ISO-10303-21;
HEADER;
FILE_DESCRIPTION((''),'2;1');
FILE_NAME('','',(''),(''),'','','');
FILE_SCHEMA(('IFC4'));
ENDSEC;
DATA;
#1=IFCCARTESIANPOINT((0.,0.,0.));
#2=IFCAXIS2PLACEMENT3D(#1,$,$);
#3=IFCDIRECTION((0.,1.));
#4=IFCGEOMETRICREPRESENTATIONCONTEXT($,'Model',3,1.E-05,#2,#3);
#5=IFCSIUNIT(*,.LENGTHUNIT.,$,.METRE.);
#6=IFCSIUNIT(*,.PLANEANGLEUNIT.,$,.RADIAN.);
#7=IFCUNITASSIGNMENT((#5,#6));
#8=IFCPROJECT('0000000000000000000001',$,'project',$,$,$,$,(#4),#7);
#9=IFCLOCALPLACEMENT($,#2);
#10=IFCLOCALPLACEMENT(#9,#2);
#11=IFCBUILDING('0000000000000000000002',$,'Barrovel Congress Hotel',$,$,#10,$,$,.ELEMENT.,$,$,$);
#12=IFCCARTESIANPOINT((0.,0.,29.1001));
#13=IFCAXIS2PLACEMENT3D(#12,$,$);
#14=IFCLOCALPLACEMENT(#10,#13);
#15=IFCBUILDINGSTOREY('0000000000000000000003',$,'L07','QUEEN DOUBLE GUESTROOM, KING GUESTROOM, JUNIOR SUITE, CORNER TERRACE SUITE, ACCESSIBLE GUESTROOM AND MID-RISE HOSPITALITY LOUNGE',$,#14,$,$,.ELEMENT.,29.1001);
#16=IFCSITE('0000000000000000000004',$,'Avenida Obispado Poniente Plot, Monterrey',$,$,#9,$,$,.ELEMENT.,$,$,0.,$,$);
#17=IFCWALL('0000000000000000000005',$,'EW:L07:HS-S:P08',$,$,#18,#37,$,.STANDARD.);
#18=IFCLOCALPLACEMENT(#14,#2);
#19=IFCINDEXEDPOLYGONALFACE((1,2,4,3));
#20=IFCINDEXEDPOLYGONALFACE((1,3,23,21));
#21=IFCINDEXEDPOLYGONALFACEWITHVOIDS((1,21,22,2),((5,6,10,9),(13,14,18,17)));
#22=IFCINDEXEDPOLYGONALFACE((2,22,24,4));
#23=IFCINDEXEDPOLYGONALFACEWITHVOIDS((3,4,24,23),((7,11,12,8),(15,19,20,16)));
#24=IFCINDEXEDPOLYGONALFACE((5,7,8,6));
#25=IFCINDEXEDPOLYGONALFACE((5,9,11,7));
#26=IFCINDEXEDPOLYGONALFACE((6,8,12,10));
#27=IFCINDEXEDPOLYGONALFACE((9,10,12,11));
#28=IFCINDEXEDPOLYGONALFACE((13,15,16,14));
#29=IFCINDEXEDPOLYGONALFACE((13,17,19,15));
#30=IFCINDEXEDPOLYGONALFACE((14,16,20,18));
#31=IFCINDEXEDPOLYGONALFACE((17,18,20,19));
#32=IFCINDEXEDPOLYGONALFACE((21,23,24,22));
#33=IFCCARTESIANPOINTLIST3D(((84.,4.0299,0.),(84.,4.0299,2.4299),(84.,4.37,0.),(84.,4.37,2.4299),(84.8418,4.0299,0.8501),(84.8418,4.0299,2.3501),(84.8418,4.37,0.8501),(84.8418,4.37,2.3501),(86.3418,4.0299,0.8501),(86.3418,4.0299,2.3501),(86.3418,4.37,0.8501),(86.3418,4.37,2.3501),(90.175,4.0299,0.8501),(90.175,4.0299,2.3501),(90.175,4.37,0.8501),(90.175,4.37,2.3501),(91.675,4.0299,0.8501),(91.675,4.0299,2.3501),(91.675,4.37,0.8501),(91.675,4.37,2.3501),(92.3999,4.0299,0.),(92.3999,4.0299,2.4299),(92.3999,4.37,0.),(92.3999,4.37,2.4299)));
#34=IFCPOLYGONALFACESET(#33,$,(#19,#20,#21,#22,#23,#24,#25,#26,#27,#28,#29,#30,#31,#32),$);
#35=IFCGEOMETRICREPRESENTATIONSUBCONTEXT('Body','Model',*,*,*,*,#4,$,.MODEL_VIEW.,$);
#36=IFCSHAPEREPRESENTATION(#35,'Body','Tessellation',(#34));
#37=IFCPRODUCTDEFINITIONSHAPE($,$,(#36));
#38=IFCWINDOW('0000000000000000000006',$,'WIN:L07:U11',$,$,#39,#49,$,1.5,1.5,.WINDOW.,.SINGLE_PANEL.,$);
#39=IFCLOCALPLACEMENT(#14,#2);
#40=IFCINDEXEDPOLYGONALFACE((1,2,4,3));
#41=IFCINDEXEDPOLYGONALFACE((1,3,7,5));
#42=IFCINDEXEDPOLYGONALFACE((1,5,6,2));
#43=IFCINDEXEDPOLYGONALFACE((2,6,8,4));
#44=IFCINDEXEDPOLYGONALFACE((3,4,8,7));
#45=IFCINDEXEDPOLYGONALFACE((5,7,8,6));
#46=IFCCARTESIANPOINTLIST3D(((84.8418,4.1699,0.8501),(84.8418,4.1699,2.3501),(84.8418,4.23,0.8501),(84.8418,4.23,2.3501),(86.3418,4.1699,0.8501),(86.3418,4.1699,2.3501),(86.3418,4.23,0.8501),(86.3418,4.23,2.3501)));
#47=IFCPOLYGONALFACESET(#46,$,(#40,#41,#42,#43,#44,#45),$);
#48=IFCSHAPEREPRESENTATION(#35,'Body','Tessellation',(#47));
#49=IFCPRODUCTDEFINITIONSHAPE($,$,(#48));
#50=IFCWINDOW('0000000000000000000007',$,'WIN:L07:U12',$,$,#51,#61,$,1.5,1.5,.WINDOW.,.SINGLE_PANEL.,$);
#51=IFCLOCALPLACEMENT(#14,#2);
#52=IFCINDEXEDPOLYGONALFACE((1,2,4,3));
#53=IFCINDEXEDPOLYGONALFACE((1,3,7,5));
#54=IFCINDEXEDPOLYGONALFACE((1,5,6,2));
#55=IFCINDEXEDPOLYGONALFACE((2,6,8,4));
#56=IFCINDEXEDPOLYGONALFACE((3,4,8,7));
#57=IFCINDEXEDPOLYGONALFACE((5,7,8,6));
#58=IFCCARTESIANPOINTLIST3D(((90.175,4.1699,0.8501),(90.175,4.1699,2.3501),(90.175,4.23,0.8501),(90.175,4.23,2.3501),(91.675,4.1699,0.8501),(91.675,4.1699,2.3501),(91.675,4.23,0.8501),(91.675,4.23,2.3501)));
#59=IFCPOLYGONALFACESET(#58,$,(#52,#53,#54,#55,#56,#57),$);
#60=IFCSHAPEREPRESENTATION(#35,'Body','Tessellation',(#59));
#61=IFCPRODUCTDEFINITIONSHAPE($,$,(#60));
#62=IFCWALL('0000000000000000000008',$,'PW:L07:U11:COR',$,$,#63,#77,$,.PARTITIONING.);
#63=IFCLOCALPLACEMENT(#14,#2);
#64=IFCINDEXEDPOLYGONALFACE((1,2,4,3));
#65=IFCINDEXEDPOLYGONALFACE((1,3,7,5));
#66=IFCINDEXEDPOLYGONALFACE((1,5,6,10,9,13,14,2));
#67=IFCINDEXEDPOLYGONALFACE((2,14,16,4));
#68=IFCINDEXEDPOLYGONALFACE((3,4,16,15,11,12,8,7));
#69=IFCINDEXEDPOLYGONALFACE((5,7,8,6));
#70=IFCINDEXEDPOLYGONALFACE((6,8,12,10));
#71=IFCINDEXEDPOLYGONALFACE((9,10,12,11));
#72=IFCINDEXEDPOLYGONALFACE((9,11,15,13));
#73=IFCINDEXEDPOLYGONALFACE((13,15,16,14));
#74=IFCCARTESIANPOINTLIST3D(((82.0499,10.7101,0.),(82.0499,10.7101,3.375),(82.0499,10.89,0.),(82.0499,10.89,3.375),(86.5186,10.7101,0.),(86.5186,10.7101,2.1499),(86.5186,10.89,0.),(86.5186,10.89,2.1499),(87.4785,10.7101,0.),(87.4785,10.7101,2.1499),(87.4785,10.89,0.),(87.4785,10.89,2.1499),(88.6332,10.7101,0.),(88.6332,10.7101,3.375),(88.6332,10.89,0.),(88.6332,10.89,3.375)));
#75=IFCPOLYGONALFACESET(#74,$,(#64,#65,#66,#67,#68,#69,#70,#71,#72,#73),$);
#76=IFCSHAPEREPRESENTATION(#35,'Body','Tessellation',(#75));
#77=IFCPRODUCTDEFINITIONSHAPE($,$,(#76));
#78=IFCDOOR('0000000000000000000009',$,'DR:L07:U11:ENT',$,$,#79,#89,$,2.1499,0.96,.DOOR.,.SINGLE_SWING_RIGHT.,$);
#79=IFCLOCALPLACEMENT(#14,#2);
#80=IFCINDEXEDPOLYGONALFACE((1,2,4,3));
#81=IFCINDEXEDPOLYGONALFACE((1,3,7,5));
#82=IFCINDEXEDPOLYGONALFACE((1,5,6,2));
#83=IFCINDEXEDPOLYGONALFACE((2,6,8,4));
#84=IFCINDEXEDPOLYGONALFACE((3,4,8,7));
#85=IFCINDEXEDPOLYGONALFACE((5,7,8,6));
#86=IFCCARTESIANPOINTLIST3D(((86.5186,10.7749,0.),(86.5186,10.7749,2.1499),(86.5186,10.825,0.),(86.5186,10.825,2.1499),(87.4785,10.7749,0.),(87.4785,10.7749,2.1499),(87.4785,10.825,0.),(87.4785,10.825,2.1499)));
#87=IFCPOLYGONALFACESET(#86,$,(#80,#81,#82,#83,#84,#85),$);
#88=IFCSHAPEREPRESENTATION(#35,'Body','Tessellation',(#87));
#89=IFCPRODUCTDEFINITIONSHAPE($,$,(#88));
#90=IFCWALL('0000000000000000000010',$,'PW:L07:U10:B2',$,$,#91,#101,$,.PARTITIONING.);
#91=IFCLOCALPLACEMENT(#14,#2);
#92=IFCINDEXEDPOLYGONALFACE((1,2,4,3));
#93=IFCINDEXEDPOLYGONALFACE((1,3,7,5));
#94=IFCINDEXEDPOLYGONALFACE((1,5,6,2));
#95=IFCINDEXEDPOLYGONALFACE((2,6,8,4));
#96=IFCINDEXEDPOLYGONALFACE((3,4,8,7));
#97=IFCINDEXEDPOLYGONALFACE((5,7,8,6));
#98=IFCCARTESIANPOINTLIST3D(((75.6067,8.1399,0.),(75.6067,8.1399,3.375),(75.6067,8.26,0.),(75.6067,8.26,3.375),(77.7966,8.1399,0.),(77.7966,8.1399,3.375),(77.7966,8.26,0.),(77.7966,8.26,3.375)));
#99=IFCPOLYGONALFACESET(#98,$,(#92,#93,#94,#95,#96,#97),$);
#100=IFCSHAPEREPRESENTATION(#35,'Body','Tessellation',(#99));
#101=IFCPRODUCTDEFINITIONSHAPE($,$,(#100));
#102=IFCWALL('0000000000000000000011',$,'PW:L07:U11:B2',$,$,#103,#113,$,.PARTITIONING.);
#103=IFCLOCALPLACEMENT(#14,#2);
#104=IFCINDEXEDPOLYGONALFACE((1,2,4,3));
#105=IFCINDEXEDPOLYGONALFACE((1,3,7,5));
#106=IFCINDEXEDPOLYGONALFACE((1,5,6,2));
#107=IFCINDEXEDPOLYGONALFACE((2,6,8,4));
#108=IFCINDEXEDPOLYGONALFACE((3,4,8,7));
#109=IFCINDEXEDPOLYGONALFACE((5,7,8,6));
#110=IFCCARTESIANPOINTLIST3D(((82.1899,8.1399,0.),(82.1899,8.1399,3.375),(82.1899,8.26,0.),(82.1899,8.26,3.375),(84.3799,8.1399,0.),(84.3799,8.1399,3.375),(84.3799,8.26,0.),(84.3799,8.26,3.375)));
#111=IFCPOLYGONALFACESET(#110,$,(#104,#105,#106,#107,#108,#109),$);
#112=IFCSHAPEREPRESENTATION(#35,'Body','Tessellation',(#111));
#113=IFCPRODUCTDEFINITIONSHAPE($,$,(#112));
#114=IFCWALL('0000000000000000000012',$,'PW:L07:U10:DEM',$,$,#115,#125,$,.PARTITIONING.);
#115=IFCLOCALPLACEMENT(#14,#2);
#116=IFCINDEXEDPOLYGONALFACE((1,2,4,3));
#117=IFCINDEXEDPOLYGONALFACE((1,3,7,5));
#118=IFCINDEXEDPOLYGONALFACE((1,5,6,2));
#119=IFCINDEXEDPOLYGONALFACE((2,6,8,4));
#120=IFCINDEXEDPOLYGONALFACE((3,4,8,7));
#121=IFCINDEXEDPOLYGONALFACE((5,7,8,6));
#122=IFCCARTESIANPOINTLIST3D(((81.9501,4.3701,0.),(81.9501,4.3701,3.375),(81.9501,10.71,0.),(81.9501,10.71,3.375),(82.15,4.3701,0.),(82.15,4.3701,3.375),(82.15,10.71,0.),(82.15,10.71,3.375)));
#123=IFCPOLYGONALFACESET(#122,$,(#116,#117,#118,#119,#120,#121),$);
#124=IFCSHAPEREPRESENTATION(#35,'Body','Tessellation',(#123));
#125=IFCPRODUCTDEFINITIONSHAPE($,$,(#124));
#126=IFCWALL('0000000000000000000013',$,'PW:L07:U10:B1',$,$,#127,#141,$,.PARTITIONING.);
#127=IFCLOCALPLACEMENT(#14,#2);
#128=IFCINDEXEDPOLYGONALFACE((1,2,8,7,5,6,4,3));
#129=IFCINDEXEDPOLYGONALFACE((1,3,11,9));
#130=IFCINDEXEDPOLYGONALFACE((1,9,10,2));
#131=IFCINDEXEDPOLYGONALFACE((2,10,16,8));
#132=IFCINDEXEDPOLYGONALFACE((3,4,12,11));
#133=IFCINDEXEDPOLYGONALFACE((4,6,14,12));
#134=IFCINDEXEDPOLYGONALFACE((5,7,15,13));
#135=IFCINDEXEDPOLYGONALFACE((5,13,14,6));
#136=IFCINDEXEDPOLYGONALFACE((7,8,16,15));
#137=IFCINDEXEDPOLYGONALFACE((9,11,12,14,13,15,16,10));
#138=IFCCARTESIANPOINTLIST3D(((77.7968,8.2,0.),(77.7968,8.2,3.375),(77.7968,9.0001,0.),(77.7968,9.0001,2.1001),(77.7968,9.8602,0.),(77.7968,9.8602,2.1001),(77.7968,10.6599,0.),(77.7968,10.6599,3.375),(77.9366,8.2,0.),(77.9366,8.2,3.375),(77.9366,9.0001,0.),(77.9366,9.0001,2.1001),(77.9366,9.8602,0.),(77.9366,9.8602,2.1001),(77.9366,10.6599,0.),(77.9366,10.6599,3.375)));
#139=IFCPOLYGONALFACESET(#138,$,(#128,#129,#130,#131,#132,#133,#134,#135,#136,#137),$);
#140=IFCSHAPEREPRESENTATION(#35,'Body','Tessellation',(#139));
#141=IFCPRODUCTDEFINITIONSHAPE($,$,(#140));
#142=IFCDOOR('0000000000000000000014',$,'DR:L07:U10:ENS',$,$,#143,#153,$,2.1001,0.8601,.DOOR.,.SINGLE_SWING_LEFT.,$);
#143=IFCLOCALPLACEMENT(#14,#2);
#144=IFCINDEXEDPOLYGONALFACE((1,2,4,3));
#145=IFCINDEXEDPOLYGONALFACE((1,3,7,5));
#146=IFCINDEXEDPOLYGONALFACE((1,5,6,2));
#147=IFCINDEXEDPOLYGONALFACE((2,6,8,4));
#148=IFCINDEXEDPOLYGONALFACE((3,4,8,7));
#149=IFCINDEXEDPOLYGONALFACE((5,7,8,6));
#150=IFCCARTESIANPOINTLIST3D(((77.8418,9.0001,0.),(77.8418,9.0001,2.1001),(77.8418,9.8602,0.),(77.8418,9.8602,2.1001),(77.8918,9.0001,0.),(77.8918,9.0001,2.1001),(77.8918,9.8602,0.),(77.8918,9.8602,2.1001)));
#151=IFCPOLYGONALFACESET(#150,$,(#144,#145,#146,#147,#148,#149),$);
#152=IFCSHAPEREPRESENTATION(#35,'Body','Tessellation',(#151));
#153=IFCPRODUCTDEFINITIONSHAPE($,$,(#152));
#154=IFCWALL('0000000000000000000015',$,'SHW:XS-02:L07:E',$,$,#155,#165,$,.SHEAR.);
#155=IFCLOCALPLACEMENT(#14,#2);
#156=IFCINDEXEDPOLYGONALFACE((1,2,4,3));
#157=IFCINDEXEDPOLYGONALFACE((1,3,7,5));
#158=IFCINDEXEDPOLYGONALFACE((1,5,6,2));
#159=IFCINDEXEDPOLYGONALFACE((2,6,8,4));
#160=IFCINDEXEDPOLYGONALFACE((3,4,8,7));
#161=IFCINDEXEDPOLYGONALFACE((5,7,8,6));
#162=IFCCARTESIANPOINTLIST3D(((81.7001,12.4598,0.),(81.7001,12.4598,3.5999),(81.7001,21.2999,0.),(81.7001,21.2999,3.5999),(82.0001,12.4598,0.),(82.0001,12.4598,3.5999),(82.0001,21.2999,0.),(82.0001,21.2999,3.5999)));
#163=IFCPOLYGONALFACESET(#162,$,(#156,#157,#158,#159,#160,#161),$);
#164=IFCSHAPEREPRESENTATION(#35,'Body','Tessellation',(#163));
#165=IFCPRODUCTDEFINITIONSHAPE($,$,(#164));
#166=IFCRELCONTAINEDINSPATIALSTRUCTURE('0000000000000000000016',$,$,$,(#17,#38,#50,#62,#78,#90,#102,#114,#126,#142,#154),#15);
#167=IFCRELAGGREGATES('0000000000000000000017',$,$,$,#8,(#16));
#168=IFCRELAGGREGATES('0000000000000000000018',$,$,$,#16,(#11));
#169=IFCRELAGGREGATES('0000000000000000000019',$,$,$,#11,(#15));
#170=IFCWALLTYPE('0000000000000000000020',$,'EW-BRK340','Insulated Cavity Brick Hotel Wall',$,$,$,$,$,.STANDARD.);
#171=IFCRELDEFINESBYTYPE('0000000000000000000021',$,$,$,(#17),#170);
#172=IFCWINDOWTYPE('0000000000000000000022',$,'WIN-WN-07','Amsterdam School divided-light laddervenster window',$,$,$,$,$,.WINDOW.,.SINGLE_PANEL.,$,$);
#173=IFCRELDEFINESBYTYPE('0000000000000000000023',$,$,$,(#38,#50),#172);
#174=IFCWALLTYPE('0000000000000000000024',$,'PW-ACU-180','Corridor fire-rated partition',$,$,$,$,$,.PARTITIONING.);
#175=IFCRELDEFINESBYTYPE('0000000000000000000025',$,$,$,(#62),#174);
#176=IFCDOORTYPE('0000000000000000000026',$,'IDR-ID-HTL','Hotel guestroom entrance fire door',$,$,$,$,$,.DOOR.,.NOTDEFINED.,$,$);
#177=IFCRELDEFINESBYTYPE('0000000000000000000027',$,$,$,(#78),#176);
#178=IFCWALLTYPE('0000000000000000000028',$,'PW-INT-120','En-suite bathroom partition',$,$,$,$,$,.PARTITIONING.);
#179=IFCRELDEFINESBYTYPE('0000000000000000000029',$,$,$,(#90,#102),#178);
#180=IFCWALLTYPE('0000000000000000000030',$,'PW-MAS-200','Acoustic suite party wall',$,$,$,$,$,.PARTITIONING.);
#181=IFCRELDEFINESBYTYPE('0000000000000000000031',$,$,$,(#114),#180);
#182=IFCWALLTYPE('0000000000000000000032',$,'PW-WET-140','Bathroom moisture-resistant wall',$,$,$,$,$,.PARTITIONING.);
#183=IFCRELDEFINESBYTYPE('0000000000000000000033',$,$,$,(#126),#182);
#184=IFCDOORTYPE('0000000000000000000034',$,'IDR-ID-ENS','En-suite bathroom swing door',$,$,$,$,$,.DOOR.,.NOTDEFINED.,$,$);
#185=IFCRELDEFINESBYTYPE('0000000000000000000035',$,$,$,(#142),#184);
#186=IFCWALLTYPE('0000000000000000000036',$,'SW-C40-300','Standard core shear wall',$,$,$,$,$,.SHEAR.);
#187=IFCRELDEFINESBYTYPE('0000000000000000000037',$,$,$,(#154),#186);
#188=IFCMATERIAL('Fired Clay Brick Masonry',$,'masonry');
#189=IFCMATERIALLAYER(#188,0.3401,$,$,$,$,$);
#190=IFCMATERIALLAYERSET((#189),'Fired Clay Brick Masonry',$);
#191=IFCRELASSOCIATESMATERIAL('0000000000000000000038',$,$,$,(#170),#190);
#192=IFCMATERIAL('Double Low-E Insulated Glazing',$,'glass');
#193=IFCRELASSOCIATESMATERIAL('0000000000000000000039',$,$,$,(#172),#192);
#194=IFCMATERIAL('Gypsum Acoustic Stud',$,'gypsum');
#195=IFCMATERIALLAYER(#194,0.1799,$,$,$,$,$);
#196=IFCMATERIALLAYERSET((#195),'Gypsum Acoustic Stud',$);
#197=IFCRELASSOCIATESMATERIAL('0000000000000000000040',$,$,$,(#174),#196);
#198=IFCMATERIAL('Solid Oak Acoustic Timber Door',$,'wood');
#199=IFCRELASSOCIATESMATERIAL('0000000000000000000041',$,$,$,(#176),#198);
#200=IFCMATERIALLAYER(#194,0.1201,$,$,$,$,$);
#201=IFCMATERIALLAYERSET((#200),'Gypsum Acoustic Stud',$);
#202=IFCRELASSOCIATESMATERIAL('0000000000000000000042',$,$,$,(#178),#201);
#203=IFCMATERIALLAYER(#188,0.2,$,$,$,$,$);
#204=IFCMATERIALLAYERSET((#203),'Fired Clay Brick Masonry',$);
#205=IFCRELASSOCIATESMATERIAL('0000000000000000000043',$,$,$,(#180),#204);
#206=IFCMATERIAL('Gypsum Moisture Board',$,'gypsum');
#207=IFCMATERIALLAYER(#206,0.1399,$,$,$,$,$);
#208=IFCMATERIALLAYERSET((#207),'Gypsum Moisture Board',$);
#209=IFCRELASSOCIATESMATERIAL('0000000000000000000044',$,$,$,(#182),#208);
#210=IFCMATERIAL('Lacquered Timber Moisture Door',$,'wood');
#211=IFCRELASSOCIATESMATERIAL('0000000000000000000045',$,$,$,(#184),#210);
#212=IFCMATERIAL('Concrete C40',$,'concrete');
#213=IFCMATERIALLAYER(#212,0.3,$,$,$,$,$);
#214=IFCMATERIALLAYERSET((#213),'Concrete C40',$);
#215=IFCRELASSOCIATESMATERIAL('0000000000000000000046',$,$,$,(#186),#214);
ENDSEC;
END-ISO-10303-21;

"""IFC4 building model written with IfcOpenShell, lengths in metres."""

from ifc_helpers import new_model, si_unit, direction, frame, frame_2d, origin, place, context, subcontext, project, spatial, rectangle, extrude, material, layer, layer_set, type_object, element, fill, save


model = new_model("IFC4")

# Units and contexts
model_context = context("Model", 3, precision=1e-05, world=origin(), true_north=direction((0.0, 1.0)))
body_context = subcontext(model_context, "Body", "Model", "MODEL_VIEW")
ifc_project = project(units=[si_unit("LENGTHUNIT", "METRE"), si_unit("PLANEANGLEUNIT", "RADIAN")], contexts=[model_context])

# Site, building, storey
site_placement = place(None, origin())
site = spatial("IfcSite", under=ifc_project, at=site_placement, Name="Avenida Obispado Poniente Plot, Monterrey", CompositionType="ELEMENT", RefElevation=0.0)
building_placement = place(site_placement, origin())
building = spatial("IfcBuilding", under=site, at=building_placement, Name="Barrovel Congress Hotel", CompositionType="ELEMENT")
storey_placement = place(building_placement, frame((0.0, 0.0, 29.1001)))
storey = spatial("IfcBuildingStorey", under=building, at=storey_placement, Name="L07", Description="QUEEN DOUBLE GUESTROOM, KING GUESTROOM, JUNIOR SUITE, CORNER TERRACE SUITE, ACCESSIBLE GUESTROOM AND MID-RISE HOSPITALITY LOUNGE", CompositionType="ELEMENT", Elevation=29.1001)

# Shared definitions
ifc_material_1 = material(Name="Concrete C40", Category="concrete")

# Wall, openings, windows
ifc_material_2 = material(Name="Fired Clay Brick Masonry", Category="masonry")
ifc_layer_1 = layer(ifc_material_2, 0.3401)
ifc_layer_set_1 = layer_set([ifc_layer_1], Name="Fired Clay Brick Masonry")
wall_type_1 = type_object("IfcWallType", Name="EW-BRK340", Description="Insulated Cavity Brick Hotel Wall", PredefinedType="STANDARD", material=ifc_layer_set_1)
wall_1_placement = place(storey_placement, frame((84.0, 4.2, 0.0), z_axis=(0.0, 0.0, 1.0), x_axis=(1.0, 0.0, 0.0)))
wall_1 = element("IfcWall", 1, at=wall_1_placement, inside=storey, type_object=wall_type_1, Name="EW:L07:HS-S:P08", PredefinedType="STANDARD", context=body_context, shape_type="SweptSolid", body=[
    extrude(rectangle(XDim=8.3999, YDim=0.3401, at=frame_2d((4.2, 0.0))), origin(), (0.0, 0.0, 1.0), 2.4299),
])
opening_1_placement = place(wall_1_placement, frame((0.8418, 0.0, 0.8501)))
opening_1 = element("IfcOpeningElement", 2, at=opening_1_placement, cuts=wall_1, PredefinedType="OPENING", context=body_context, shape_type="SweptSolid", body=[
    extrude(rectangle(XDim=1.5, YDim=1.5, at=frame_2d((0.75, 0.75))), frame((0.0, 0.1802, 0.0), z_axis=(0.0, -1.0, 0.0), x_axis=(1.0, 0.0, 0.0)), (0.0, 0.0, 1.0), 0.3601),
])
opening_2_placement = place(wall_1_placement, frame((6.175, 0.0, 0.8501)))
opening_2 = element("IfcOpeningElement", 3, at=opening_2_placement, cuts=wall_1, PredefinedType="OPENING", context=body_context, shape_type="SweptSolid", body=[
    extrude(rectangle(XDim=1.5, YDim=1.5, at=frame_2d((0.75, 0.75))), frame((0.0, 0.1802, 0.0), z_axis=(0.0, -1.0, 0.0), x_axis=(1.0, 0.0, 0.0)), (0.0, 0.0, 1.0), 0.3601),
])
ifc_material_3 = material(Name="Double Low-E Insulated Glazing", Category="glass")
window_type = type_object("IfcWindowType", Name="WIN-WN-07", Description="Amsterdam School divided-light laddervenster window", PartitioningType="SINGLE_PANEL", PredefinedType="WINDOW", material=ifc_material_3)
window_1_placement = place(opening_1_placement, origin())
window_1 = element("IfcWindow", 4, at=window_1_placement, inside=storey, type_object=window_type, Name="WIN:L07:U11", OverallHeight=1.5, OverallWidth=1.5, PartitioningType="SINGLE_PANEL", PredefinedType="WINDOW", context=body_context, shape_type="SweptSolid", body=[
    extrude(rectangle(XDim=1.5, YDim=1.5, at=frame_2d((0.75, 0.75))), frame((0.0, 0.03, 0.0), z_axis=(0.0, -1.0, 0.0), x_axis=(1.0, 0.0, 0.0)), (0.0, 0.0, 1.0), 0.0601),
])
fill(opening_1, window_1)
window_2_placement = place(opening_2_placement, origin())
window_2 = element("IfcWindow", 5, at=window_2_placement, inside=storey, type_object=window_type, Name="WIN:L07:U12", OverallHeight=1.5, OverallWidth=1.5, PartitioningType="SINGLE_PANEL", PredefinedType="WINDOW", context=body_context, shape_type="SweptSolid", body=[
    extrude(rectangle(XDim=1.5, YDim=1.5, at=frame_2d((0.75, 0.75))), frame((0.0, 0.03, 0.0), z_axis=(0.0, -1.0, 0.0), x_axis=(1.0, 0.0, 0.0)), (0.0, 0.0, 1.0), 0.0601),
])
fill(opening_2, window_2)

# Wall, opening, door
ifc_material_4 = material(Name="Gypsum Acoustic Stud", Category="gypsum")
ifc_layer_2 = layer(ifc_material_4, 0.1799)
ifc_layer_set_2 = layer_set([ifc_layer_2], Name="Gypsum Acoustic Stud")
wall_type_2 = type_object("IfcWallType", Name="PW-ACU-180", Description="Corridor fire-rated partition", PredefinedType="PARTITIONING", material=ifc_layer_set_2)
wall_2_placement = place(storey_placement, frame((82.05, 10.8, 0.0), z_axis=(0.0, 0.0, 1.0), x_axis=(1.0, 0.0, 0.0)))
wall_2 = element("IfcWall", 6, at=wall_2_placement, inside=storey, type_object=wall_type_2, Name="PW:L07:U11:COR", PredefinedType="PARTITIONING", context=body_context, shape_type="SweptSolid", body=[
    extrude(rectangle(XDim=6.5833, YDim=0.1799, at=frame_2d((3.2915, 0.0))), origin(), (0.0, 0.0, 1.0), 3.375),
])
opening_3_placement = place(wall_2_placement, frame((4.4685, 0.0, 0.0)))
opening_3 = element("IfcOpeningElement", 7, at=opening_3_placement, cuts=wall_2, PredefinedType="OPENING", context=body_context, shape_type="SweptSolid", body=[
    extrude(rectangle(XDim=0.96, YDim=2.1499, at=frame_2d((0.48, 1.075))), frame((0.0, 0.1001, 0.0), z_axis=(0.0, -1.0, 0.0), x_axis=(1.0, 0.0, 0.0)), (0.0, 0.0, 1.0), 0.2),
])
ifc_material_5 = material(Name="Solid Oak Acoustic Timber Door", Category="wood")
door_type_1 = type_object("IfcDoorType", Name="IDR-ID-HTL", Description="Hotel guestroom entrance fire door", OperationType="NOTDEFINED", PredefinedType="DOOR", material=ifc_material_5)
door_1_placement = place(opening_3_placement, origin())
door_1 = element("IfcDoor", 8, at=door_1_placement, inside=storey, type_object=door_type_1, Name="DR:L07:U11:ENT", OperationType="SINGLE_SWING_RIGHT", OverallHeight=2.1499, OverallWidth=0.96, PredefinedType="DOOR", context=body_context, shape_type="SweptSolid", body=[
    extrude(rectangle(XDim=0.96, YDim=2.1499, at=frame_2d((0.48, 1.075))), frame((0.0, 0.0249, 0.0), z_axis=(0.0, -1.0, 0.0), x_axis=(1.0, 0.0, 0.0)), (0.0, 0.0, 1.0), 0.05),
])
fill(opening_3, door_1)

# Walls
ifc_layer_3 = layer(ifc_material_4, 0.1201)
ifc_layer_set_3 = layer_set([ifc_layer_3], Name="Gypsum Acoustic Stud")
wall_type_3 = type_object("IfcWallType", Name="PW-INT-120", Description="En-suite bathroom partition", PredefinedType="PARTITIONING", material=ifc_layer_set_3)
for number, where, z_axis, x_axis, name in (
    (9, (75.6067, 8.2, 0.0), (0.0, 0.0, 1.0), (1.0, 0.0, 0.0), "PW:L07:U10:B2"),
    (10, (82.1899, 8.2, 0.0), (0.0, 0.0, 1.0), (1.0, 0.0, 0.0), "PW:L07:U11:B2"),
):
    element("IfcWall", number, at=place(storey_placement, frame(where, z_axis=z_axis, x_axis=x_axis)), inside=storey, type_object=wall_type_3, Name=name, PredefinedType="PARTITIONING", context=body_context, shape_type="SweptSolid", body=[
        extrude(rectangle(XDim=2.1899, YDim=0.1201, at=frame_2d((1.095, 0.0))), origin(), (0.0, 0.0, 1.0), 3.375),
    ])
ifc_layer_4 = layer(ifc_material_2, 0.2)
ifc_layer_set_4 = layer_set([ifc_layer_4], Name="Fired Clay Brick Masonry")
wall_type_4 = type_object("IfcWallType", Name="PW-MAS-200", Description="Acoustic suite party wall", PredefinedType="PARTITIONING", material=ifc_layer_set_4)
wall_3_placement = place(storey_placement, frame((82.05, 4.3701, 0.0), z_axis=(0.0, 0.0, 1.0), x_axis=(0.0, 1.0, 0.0)))
element("IfcWall", 11, at=wall_3_placement, inside=storey, type_object=wall_type_4, Name="PW:L07:U10:DEM", PredefinedType="PARTITIONING", context=body_context, shape_type="SweptSolid", body=[
    extrude(rectangle(XDim=6.3398, YDim=0.2, at=frame_2d((3.1699, 0.0))), origin(), (0.0, 0.0, 1.0), 3.375),
])

# Wall, opening, door
ifc_material_6 = material(Name="Gypsum Moisture Board", Category="gypsum")
ifc_layer_5 = layer(ifc_material_6, 0.1399)
ifc_layer_set_5 = layer_set([ifc_layer_5], Name="Gypsum Moisture Board")
wall_type_5 = type_object("IfcWallType", Name="PW-WET-140", Description="Bathroom moisture-resistant wall", PredefinedType="PARTITIONING", material=ifc_layer_set_5)
wall_4_placement = place(storey_placement, frame((77.8667, 8.2, 0.0), z_axis=(0.0, 0.0, 1.0), x_axis=(0.0, 1.0, 0.0)))
wall_4 = element("IfcWall", 12, at=wall_4_placement, inside=storey, type_object=wall_type_5, Name="PW:L07:U10:B1", PredefinedType="PARTITIONING", context=body_context, shape_type="SweptSolid", body=[
    extrude(rectangle(XDim=2.46, YDim=0.1399, at=frame_2d((1.23, 0.0))), origin(), (0.0, 0.0, 1.0), 3.375),
])
opening_4_placement = place(wall_4_placement, frame((0.8, 0.0, 0.0)))
opening_4 = element("IfcOpeningElement", 13, at=opening_4_placement, cuts=wall_4, PredefinedType="OPENING", context=body_context, shape_type="SweptSolid", body=[
    extrude(rectangle(XDim=0.8601, YDim=2.1001, at=frame_2d((0.4302, 1.05))), frame((0.0, 0.0801, 0.0), z_axis=(0.0, -1.0, 0.0), x_axis=(1.0, 0.0, 0.0)), (0.0, 0.0, 1.0), 0.1599),
])
ifc_material_7 = material(Name="Lacquered Timber Moisture Door", Category="wood")
door_type_2 = type_object("IfcDoorType", Name="IDR-ID-ENS", Description="En-suite bathroom swing door", OperationType="NOTDEFINED", PredefinedType="DOOR", material=ifc_material_7)
door_2_placement = place(opening_4_placement, origin())
door_2 = element("IfcDoor", 14, at=door_2_placement, inside=storey, type_object=door_type_2, Name="DR:L07:U10:ENS", OperationType="SINGLE_SWING_LEFT", OverallHeight=2.1001, OverallWidth=0.8601, PredefinedType="DOOR", context=body_context, shape_type="SweptSolid", body=[
    extrude(rectangle(XDim=0.8601, YDim=2.1001, at=frame_2d((0.4302, 1.05))), frame((0.0, 0.0249, 0.0), z_axis=(0.0, -1.0, 0.0), x_axis=(1.0, 0.0, 0.0)), (0.0, 0.0, 1.0), 0.05),
])
fill(opening_4, door_2)
ifc_layer_6 = layer(ifc_material_1, 0.3)
ifc_layer_set_6 = layer_set([ifc_layer_6], Name="Concrete C40")
wall_type_6 = type_object("IfcWallType", Name="SW-C40-300", Description="Standard core shear wall", PredefinedType="SHEAR", material=ifc_layer_set_6)

# Wall
wall_5_placement = place(storey_placement, frame((81.8501, 12.46, 0.0), z_axis=(0.0, 0.0, 1.0), x_axis=(0.0, 1.0, 0.0)))
element("IfcWall", 15, at=wall_5_placement, inside=storey, type_object=wall_type_6, Name="SHW:XS-02:L07:E", PredefinedType="SHEAR", context=body_context, shape_type="SweptSolid", body=[
    extrude(rectangle(XDim=8.8401, YDim=0.3, at=frame_2d((4.4199, 0.0))), origin(), (0.0, 0.0, 1.0), 3.5999),
])

save(model, "model.ifc")
